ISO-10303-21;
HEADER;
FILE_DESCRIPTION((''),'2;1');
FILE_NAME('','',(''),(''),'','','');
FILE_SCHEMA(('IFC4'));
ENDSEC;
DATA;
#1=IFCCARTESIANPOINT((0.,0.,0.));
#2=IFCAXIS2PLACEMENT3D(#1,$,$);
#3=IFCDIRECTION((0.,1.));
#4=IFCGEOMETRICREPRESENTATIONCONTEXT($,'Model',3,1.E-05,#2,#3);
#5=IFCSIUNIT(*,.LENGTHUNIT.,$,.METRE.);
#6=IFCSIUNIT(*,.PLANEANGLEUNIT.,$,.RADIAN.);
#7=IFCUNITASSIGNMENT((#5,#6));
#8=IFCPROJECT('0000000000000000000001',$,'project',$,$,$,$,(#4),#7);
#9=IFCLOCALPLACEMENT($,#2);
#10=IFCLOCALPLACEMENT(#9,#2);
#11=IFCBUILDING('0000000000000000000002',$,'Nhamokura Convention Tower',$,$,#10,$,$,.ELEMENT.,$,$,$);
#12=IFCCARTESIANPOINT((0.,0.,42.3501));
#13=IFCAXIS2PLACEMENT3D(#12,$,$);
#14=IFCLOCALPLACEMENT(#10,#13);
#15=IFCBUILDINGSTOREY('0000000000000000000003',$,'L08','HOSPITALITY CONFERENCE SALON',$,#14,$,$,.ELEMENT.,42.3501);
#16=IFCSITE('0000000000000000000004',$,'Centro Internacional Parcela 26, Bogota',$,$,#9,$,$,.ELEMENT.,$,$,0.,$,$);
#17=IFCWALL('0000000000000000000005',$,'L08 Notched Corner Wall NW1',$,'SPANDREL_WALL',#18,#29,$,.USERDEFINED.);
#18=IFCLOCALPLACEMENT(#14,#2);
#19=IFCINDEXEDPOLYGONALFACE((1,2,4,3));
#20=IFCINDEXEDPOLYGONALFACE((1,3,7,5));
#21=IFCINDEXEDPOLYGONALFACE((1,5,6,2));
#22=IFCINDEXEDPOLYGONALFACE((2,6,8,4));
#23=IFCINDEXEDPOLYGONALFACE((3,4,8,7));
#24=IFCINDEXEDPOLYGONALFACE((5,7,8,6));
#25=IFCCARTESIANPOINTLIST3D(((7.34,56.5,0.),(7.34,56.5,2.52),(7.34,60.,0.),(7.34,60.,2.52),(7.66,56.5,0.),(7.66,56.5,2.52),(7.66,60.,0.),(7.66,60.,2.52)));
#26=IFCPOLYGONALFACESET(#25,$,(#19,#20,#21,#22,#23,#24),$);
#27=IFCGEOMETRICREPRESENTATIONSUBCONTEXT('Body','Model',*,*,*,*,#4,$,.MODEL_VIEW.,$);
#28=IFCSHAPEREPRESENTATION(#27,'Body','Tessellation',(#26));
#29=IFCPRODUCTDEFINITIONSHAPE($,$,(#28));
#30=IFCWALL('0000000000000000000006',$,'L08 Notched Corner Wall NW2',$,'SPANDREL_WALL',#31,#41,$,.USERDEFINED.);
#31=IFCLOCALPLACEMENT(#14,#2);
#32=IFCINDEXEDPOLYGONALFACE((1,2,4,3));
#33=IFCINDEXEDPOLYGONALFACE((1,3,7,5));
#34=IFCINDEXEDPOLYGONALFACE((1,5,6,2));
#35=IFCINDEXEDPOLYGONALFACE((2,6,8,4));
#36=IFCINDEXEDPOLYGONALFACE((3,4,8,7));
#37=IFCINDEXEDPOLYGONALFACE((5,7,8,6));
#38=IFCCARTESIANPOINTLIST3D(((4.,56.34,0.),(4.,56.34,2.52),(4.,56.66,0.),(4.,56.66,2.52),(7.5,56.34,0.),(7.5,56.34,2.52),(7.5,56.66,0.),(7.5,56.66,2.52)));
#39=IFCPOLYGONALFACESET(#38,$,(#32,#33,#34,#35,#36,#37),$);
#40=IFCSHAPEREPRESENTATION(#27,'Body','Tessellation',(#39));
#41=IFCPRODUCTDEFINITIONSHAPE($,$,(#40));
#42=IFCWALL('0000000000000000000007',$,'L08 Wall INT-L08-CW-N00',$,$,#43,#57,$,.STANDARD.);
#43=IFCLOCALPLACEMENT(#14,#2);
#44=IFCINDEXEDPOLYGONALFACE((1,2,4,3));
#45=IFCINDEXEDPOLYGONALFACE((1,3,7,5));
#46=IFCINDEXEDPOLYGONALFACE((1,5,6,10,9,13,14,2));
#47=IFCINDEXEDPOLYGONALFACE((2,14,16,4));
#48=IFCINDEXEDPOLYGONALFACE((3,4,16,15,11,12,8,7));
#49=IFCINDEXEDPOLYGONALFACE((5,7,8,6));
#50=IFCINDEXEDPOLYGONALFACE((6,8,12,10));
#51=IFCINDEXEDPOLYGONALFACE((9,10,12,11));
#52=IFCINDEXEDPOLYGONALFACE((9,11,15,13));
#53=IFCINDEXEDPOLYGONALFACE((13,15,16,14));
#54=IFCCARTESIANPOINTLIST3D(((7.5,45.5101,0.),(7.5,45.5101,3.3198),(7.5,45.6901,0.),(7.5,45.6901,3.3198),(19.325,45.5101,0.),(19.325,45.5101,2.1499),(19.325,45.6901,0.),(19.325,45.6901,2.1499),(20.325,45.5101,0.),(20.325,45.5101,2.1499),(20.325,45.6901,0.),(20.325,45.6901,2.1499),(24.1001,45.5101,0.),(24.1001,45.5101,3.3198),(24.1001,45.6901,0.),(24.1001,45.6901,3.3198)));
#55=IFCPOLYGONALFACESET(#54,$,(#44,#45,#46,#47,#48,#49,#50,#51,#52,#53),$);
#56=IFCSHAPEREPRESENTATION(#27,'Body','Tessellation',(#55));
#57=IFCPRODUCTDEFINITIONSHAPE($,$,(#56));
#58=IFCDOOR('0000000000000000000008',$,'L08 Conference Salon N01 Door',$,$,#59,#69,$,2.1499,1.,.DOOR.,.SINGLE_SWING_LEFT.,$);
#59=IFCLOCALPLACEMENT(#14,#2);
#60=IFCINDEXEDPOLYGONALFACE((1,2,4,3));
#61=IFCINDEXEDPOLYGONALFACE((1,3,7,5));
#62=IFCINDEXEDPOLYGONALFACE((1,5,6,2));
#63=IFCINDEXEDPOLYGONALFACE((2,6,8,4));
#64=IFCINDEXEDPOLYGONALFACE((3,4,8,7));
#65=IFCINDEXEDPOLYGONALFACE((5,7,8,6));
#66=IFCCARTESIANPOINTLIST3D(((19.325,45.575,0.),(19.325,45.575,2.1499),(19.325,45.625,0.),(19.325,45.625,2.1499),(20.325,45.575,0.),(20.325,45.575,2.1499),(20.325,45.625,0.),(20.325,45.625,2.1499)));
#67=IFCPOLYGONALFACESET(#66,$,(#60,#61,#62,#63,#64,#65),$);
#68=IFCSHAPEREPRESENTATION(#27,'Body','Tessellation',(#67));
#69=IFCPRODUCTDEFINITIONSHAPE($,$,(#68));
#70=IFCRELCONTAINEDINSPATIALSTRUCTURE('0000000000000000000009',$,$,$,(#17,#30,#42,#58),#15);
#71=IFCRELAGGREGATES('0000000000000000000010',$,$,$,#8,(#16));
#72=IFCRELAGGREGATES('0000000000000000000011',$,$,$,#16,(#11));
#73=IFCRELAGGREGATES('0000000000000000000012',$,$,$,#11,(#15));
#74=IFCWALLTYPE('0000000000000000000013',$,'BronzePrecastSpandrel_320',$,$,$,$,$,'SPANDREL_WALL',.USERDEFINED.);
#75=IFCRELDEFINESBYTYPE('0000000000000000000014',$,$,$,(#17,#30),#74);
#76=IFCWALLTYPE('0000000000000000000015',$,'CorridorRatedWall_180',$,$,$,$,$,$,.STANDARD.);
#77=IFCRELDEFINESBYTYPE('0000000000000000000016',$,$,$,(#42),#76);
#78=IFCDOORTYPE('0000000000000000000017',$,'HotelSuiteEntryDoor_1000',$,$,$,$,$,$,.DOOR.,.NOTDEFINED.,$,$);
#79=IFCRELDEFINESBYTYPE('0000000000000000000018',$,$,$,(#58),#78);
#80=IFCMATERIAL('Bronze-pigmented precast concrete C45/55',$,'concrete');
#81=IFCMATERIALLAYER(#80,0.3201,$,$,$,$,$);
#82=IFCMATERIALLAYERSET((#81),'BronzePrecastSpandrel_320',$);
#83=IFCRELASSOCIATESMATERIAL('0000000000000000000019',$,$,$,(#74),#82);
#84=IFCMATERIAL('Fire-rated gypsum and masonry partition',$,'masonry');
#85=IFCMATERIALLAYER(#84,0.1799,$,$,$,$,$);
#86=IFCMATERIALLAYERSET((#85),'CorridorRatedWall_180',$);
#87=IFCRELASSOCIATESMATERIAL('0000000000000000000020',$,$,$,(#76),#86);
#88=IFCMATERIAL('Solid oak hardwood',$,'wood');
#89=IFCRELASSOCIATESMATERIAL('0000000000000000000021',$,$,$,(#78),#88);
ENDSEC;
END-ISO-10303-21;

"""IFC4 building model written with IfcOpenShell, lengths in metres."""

from ifc_helpers import new_model, si_unit, direction, frame, frame_2d, origin, place, context, subcontext, project, spatial, rectangle, extrude, material, layer, layer_set, type_object, element, fill, save


model = new_model("IFC4")

# Units and contexts
model_context = context("Model", 3, precision=1e-05, world=origin(), true_north=direction((0.0, 1.0)))
body_context = subcontext(model_context, "Body", "Model", "MODEL_VIEW")
ifc_project = project(units=[si_unit("LENGTHUNIT", "METRE"), si_unit("PLANEANGLEUNIT", "RADIAN")], contexts=[model_context])

# Site, building, storey
site_placement = place(None, origin())
site = spatial("IfcSite", under=ifc_project, at=site_placement, Name="Centro Internacional Parcela 26, Bogota", CompositionType="ELEMENT", RefElevation=0.0)
building_placement = place(site_placement, origin())
building = spatial("IfcBuilding", under=site, at=building_placement, Name="Nhamokura Convention Tower", CompositionType="ELEMENT")
storey_placement = place(building_placement, frame((0.0, 0.0, 42.3501)))
storey = spatial("IfcBuildingStorey", under=building, at=storey_placement, Name="L08", Description="HOSPITALITY CONFERENCE SALON", CompositionType="ELEMENT", Elevation=42.3501)

# Walls
ifc_material_1 = material(Name="Bronze-pigmented precast concrete C45/55", Category="concrete")
ifc_layer_1 = layer(ifc_material_1, 0.3201)
ifc_layer_set_1 = layer_set([ifc_layer_1], Name="BronzePrecastSpandrel_320")
wall_type_1 = type_object("IfcWallType", Name="BronzePrecastSpandrel_320", ElementType="SPANDREL_WALL", PredefinedType="USERDEFINED", material=ifc_layer_set_1)
for number, where, z_axis, x_axis, name in (
    (1, (7.5, 56.5, 0.0), (0.0, 0.0, 1.0), (0.0, 1.0, 0.0), "L08 Notched Corner Wall NW1"),
    (2, (4.0, 56.5, 0.0), (0.0, 0.0, 1.0), (1.0, 0.0, 0.0), "L08 Notched Corner Wall NW2"),
):
    element("IfcWall", number, at=place(storey_placement, frame(where, z_axis=z_axis, x_axis=x_axis)), inside=storey, type_object=wall_type_1, Name=name, ObjectType="SPANDREL_WALL", PredefinedType="USERDEFINED", context=body_context, shape_type="SweptSolid", body=[
        extrude(rectangle(XDim=3.5, YDim=0.3201, at=frame_2d((1.75, 0.0))), origin(), (0.0, 0.0, 1.0), 2.52),
    ])

# Wall, opening, door
ifc_material_2 = material(Name="Fire-rated gypsum and masonry partition", Category="masonry")
ifc_layer_2 = layer(ifc_material_2, 0.1799)
ifc_layer_set_2 = layer_set([ifc_layer_2], Name="CorridorRatedWall_180")
wall_type_2 = type_object("IfcWallType", Name="CorridorRatedWall_180", PredefinedType="STANDARD", material=ifc_layer_set_2)
wall_placement = place(storey_placement, frame((7.5, 45.6001, 0.0), z_axis=(0.0, 0.0, 1.0), x_axis=(1.0, 0.0, 0.0)))
wall = element("IfcWall", 3, at=wall_placement, inside=storey, type_object=wall_type_2, Name="L08 Wall INT-L08-CW-N00", PredefinedType="STANDARD", context=body_context, shape_type="SweptSolid", body=[
    extrude(rectangle(XDim=16.6001, YDim=0.1799, at=frame_2d((8.3, 0.0))), origin(), (0.0, 0.0, 1.0), 3.3198),
])
opening_placement = place(wall_placement, frame((11.825, 0.0, 0.0)))
opening = element("IfcOpeningElement", 4, at=opening_placement, cuts=wall, PredefinedType="OPENING", context=body_context, shape_type="SweptSolid", body=[
    extrude(rectangle(XDim=1.0, YDim=2.1499, at=frame_2d((0.5, 1.075))), frame((0.0, 0.0999, 0.0), z_axis=(0.0, -1.0, 0.0), x_axis=(1.0, 0.0, 0.0)), (0.0, 0.0, 1.0), 0.2),
])
ifc_material_3 = material(Name="Solid oak hardwood", Category="wood")
door_type = type_object("IfcDoorType", Name="HotelSuiteEntryDoor_1000", OperationType="NOTDEFINED", PredefinedType="DOOR", material=ifc_material_3)
door_placement = place(opening_placement, origin())
door = element("IfcDoor", 5, at=door_placement, inside=storey, type_object=door_type, Name="L08 Conference Salon N01 Door", OperationType="SINGLE_SWING_LEFT", OverallHeight=2.1499, OverallWidth=1.0, PredefinedType="DOOR", context=body_context, shape_type="SweptSolid", body=[
    extrude(rectangle(XDim=1.0, YDim=2.1499, at=frame_2d((0.5, 1.075))), frame((0.0, 0.0249, 0.0), z_axis=(0.0, -1.0, 0.0), x_axis=(1.0, 0.0, 0.0)), (0.0, 0.0, 1.0), 0.05),
])
fill(opening, door)

save(model, "model.ifc")
